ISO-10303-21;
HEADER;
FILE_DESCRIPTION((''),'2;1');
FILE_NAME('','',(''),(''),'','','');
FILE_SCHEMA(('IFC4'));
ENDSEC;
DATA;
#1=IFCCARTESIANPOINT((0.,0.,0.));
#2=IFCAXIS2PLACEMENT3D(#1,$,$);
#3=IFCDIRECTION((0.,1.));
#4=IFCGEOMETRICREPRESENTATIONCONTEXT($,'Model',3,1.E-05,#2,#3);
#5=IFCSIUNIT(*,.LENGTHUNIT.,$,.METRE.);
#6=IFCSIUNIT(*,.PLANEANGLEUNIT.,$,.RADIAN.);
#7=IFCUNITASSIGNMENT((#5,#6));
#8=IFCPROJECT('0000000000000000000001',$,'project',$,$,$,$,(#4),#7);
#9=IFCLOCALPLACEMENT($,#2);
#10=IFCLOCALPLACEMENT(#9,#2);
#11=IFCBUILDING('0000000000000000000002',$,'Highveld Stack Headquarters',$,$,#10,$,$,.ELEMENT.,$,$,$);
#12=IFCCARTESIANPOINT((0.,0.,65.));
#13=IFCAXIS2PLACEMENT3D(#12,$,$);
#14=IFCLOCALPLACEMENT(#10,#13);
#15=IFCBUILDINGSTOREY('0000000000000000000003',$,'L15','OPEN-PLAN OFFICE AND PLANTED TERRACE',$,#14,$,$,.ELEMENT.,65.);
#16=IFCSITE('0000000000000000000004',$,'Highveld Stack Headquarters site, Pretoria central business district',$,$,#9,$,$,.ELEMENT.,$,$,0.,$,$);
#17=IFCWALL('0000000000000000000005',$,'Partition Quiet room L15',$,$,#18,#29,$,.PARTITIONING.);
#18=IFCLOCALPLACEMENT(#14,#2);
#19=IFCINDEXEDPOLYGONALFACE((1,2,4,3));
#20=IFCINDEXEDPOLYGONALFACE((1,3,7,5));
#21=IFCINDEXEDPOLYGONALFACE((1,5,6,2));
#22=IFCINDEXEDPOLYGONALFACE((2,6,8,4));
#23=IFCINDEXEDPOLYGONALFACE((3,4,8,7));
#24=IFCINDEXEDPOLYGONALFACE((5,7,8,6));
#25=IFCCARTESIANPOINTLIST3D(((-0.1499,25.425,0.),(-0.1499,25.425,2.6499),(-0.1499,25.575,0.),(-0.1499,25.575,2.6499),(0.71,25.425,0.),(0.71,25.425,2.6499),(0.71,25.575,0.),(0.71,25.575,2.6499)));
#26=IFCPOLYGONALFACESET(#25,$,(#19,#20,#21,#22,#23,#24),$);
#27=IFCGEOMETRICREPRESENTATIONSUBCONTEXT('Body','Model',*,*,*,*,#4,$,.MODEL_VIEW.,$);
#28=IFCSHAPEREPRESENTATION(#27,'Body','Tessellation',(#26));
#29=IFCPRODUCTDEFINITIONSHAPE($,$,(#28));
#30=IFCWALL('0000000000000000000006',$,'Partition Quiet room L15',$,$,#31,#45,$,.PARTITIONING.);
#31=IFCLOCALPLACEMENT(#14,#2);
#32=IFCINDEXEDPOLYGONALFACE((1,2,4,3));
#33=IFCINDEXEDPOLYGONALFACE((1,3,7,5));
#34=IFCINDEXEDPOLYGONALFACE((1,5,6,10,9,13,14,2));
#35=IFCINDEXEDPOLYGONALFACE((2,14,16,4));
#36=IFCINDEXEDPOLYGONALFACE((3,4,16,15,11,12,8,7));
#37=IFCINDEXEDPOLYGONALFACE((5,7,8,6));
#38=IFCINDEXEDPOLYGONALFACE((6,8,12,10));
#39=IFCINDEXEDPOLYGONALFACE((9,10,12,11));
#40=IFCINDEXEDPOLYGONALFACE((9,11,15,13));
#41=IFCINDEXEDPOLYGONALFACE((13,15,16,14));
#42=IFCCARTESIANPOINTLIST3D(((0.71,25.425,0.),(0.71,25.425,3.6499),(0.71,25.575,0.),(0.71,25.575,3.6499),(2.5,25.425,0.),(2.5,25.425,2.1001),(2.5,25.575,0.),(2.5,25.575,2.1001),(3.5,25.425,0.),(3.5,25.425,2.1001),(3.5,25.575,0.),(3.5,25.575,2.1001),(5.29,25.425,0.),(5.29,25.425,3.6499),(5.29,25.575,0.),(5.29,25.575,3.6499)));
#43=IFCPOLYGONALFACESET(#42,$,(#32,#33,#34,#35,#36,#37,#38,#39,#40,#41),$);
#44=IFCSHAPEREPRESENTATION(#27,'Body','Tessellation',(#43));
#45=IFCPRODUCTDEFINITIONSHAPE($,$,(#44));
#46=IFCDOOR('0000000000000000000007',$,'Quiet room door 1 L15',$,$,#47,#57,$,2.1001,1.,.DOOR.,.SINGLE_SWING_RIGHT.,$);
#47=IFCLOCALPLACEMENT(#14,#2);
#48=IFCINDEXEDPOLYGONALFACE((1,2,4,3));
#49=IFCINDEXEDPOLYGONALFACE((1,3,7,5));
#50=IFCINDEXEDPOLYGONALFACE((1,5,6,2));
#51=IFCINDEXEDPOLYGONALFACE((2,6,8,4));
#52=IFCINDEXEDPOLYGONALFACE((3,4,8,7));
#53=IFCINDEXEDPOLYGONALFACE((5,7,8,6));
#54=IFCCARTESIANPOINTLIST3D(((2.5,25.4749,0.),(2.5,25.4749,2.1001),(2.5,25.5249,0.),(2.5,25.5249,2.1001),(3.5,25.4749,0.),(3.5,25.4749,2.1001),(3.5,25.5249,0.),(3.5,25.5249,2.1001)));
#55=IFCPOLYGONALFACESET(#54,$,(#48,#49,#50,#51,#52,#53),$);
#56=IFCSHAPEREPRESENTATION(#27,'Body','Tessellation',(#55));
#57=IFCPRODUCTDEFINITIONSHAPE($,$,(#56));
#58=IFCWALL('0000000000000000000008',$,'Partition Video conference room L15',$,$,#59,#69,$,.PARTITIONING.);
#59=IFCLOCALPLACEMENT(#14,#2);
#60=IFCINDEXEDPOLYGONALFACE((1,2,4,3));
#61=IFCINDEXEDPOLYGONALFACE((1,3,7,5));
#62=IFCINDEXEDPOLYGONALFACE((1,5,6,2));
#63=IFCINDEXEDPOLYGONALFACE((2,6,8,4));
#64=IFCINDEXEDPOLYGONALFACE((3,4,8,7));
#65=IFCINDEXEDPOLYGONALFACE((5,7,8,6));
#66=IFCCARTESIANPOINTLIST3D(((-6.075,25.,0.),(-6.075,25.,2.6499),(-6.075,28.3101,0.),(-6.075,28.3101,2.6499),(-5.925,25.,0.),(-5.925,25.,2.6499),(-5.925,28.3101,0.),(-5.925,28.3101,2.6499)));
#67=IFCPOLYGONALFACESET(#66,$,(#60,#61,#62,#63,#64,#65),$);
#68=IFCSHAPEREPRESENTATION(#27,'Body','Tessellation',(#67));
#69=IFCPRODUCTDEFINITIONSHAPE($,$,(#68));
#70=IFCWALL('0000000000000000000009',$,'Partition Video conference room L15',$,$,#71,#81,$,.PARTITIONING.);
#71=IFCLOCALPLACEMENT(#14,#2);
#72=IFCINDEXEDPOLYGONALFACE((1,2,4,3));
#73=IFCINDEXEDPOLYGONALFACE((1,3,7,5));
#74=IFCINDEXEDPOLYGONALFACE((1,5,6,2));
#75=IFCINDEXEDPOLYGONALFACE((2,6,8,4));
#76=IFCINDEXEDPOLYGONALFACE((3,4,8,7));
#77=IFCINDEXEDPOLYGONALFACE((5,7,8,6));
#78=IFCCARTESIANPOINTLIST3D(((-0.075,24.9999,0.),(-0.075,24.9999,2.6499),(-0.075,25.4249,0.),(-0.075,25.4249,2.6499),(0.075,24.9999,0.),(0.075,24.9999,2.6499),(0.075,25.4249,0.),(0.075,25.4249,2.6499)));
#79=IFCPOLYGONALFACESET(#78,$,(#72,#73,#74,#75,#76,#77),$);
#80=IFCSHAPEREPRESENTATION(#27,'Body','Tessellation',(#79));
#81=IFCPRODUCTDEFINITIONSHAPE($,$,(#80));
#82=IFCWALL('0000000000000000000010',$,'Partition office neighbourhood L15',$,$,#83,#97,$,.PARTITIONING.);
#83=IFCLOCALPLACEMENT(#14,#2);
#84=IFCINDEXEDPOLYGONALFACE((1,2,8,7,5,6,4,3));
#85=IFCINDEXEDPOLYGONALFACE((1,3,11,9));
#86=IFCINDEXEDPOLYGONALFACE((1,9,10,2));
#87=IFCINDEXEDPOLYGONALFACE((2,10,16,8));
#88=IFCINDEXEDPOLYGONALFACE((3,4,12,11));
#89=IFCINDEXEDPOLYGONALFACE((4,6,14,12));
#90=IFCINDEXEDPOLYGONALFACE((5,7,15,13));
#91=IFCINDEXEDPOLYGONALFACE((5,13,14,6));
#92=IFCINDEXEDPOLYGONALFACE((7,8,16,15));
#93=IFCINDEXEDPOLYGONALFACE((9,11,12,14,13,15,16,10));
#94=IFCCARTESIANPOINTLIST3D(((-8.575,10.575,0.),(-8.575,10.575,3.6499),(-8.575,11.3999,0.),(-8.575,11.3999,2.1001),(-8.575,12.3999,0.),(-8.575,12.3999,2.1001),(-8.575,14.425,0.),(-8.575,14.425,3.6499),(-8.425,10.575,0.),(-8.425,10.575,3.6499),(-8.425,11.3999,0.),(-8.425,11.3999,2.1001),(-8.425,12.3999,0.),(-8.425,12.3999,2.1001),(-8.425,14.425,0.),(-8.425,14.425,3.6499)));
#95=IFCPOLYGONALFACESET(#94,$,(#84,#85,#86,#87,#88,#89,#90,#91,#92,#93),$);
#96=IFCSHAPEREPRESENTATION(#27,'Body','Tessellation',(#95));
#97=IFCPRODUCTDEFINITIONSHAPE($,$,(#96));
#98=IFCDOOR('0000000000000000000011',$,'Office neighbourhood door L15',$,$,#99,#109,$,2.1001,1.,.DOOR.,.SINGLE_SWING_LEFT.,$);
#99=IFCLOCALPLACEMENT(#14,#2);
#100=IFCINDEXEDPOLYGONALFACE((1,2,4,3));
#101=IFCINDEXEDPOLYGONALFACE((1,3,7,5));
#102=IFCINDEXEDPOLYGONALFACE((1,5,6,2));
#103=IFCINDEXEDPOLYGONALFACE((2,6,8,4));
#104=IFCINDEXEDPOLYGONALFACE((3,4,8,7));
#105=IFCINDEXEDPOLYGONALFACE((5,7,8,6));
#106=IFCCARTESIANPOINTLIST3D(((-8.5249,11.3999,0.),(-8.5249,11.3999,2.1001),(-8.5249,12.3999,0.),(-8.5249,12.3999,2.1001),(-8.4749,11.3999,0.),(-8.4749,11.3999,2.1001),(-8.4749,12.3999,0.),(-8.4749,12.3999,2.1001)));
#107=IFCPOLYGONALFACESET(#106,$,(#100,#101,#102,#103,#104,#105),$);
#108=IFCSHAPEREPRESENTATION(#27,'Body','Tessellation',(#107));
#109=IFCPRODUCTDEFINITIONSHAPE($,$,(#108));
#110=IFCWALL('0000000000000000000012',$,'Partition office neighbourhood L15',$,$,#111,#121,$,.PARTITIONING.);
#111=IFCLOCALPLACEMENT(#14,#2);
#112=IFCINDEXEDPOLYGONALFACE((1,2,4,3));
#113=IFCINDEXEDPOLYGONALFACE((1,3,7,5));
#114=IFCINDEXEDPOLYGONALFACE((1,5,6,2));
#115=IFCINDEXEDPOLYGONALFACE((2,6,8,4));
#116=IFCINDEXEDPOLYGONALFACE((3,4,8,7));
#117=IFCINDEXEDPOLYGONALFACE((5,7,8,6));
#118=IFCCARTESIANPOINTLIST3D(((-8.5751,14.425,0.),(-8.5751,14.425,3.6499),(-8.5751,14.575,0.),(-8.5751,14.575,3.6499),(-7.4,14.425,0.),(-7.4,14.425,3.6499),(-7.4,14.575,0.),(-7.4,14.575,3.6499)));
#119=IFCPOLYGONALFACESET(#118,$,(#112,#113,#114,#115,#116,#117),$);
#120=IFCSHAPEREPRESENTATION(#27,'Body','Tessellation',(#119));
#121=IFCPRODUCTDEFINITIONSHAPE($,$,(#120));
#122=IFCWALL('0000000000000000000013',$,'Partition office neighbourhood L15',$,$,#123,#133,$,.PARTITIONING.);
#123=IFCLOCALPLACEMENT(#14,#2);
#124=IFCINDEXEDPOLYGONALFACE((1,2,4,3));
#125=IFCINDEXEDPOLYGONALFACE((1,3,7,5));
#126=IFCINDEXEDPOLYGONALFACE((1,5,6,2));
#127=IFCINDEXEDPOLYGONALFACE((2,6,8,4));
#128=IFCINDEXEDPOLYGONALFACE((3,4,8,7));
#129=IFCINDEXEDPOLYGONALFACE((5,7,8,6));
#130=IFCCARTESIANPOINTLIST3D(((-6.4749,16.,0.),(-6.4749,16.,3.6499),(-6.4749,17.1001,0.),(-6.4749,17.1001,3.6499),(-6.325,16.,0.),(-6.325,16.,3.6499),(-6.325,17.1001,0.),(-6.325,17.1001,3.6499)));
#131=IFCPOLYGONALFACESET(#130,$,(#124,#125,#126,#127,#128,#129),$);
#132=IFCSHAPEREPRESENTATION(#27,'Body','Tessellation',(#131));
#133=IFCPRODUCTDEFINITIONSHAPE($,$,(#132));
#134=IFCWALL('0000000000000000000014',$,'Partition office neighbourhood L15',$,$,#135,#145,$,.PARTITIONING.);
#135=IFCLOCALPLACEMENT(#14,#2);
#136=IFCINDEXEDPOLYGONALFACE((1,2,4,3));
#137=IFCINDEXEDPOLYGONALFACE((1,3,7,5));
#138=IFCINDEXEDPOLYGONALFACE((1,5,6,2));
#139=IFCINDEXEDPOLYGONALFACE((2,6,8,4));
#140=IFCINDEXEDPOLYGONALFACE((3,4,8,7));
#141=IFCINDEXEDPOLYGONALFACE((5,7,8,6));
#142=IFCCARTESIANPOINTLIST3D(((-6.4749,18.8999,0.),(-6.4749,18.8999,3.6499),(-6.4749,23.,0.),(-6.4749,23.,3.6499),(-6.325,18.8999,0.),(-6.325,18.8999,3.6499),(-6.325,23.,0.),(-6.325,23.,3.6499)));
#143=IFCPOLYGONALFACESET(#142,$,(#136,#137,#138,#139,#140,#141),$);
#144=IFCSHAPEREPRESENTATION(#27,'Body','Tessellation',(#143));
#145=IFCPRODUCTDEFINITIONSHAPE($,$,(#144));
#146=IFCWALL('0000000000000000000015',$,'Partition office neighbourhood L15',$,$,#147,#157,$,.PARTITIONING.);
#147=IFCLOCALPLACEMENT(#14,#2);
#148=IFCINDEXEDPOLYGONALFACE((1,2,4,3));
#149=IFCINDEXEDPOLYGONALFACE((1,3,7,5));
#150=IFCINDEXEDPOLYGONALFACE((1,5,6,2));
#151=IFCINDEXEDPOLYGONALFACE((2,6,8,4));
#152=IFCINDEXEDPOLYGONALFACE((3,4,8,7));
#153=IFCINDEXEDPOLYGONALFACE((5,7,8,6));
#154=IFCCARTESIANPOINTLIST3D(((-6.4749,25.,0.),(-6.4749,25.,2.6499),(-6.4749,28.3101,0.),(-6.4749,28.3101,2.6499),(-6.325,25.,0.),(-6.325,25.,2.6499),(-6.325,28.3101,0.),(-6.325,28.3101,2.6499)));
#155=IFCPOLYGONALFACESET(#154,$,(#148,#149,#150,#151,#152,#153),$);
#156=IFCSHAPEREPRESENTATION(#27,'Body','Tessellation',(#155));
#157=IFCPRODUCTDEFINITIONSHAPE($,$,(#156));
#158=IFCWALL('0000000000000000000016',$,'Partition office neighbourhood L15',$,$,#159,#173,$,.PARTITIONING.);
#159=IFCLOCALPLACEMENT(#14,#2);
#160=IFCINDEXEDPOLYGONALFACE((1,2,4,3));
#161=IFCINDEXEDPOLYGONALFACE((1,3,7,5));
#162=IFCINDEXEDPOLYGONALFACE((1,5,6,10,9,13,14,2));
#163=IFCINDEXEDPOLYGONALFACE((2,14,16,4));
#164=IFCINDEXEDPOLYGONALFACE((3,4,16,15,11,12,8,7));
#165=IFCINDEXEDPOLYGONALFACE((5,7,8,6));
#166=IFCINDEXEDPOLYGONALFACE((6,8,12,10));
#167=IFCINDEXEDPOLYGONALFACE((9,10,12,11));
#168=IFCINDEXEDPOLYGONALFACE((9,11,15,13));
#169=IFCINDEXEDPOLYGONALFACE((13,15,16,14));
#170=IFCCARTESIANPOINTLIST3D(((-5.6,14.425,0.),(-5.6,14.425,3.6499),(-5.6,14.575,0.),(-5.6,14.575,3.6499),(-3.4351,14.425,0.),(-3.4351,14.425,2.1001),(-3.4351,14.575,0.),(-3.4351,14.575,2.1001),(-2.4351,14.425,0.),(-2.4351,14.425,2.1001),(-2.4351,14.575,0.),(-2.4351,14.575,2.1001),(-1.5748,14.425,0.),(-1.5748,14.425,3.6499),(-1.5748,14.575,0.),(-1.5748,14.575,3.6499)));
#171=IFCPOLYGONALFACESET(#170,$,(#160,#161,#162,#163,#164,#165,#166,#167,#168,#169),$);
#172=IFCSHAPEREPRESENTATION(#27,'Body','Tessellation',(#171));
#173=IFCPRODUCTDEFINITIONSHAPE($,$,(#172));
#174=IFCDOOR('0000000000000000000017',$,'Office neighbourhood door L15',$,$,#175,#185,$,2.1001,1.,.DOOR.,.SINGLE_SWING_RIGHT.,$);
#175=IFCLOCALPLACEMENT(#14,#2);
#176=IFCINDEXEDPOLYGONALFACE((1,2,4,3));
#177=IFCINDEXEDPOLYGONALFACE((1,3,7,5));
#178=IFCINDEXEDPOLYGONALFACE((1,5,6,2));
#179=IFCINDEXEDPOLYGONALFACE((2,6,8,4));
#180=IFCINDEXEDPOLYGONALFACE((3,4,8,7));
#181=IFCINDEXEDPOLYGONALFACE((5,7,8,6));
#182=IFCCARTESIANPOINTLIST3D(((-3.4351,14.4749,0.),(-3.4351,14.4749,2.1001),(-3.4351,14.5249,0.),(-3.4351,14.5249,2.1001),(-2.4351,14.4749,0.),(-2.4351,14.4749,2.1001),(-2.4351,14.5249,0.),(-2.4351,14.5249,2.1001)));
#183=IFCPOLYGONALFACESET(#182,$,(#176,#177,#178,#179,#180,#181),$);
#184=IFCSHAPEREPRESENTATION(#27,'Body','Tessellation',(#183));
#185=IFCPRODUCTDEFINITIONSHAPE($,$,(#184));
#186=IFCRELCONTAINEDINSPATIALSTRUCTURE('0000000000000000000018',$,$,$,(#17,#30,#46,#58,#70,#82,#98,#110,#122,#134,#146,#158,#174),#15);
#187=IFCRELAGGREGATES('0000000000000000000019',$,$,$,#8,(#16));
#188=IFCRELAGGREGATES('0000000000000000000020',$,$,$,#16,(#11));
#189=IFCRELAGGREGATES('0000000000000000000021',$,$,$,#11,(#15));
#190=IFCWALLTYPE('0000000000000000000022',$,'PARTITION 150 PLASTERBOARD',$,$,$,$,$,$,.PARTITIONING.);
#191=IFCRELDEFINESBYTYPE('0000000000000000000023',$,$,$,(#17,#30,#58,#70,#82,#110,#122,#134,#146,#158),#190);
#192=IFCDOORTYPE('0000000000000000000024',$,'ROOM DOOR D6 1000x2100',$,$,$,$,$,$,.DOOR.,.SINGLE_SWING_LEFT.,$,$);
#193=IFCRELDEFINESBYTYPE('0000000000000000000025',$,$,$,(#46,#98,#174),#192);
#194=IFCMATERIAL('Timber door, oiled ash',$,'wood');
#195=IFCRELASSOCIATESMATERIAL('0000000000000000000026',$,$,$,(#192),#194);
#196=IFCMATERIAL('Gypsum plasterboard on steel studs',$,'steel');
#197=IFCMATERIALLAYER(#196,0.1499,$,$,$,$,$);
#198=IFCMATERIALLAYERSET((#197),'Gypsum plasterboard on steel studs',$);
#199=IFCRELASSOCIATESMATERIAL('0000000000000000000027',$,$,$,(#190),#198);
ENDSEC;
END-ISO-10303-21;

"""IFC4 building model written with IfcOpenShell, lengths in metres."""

from ifc_helpers import new_model, si_unit, direction, frame, frame_2d, origin, place, context, subcontext, project, spatial, rectangle, extrude, material, layer, layer_set, type_object, element, fill, save


model = new_model("IFC4")

# Units and contexts
model_context = context("Model", 3, precision=1e-05, world=origin(), true_north=direction((0.0, 1.0)))
body_context = subcontext(model_context, "Body", "Model", "MODEL_VIEW")
ifc_project = project(units=[si_unit("LENGTHUNIT", "METRE"), si_unit("PLANEANGLEUNIT", "RADIAN")], contexts=[model_context])

# Site, building, storey
site_placement = place(None, origin())
site = spatial("IfcSite", under=ifc_project, at=site_placement, Name="Highveld Stack Headquarters site, Pretoria central business district", CompositionType="ELEMENT", RefElevation=0.0)
building_placement = place(site_placement, origin())
building = spatial("IfcBuilding", under=site, at=building_placement, Name="Highveld Stack Headquarters", CompositionType="ELEMENT")
storey_placement = place(building_placement, frame((0.0, 0.0, 65.0)))
storey = spatial("IfcBuildingStorey", under=building, at=storey_placement, Name="L15", Description="OPEN-PLAN OFFICE AND PLANTED TERRACE", CompositionType="ELEMENT", Elevation=65.0)

# Shared definitions
ifc_material_1 = material(Name="Timber door, oiled ash", Category="wood")
door_type = type_object("IfcDoorType", Name="ROOM DOOR D6 1000x2100", OperationType="SINGLE_SWING_LEFT", PredefinedType="DOOR", material=ifc_material_1)

# Wall
ifc_material_2 = material(Name="Gypsum plasterboard on steel studs", Category="steel")
ifc_layer_1 = layer(ifc_material_2, 0.1499)
ifc_layer_set_1 = layer_set([ifc_layer_1], Name="Gypsum plasterboard on steel studs")
wall_type_1 = type_object("IfcWallType", Name="PARTITION 150 PLASTERBOARD", PredefinedType="PARTITIONING", material=ifc_layer_set_1)
wall_1_placement = place(storey_placement, frame((-0.1499, 25.5, 0.0), z_axis=(0.0, 0.0, 1.0), x_axis=(1.0, 0.0, 0.0)))
element("IfcWall", 1, at=wall_1_placement, inside=storey, type_object=wall_type_1, Name="Partition Quiet room L15", PredefinedType="PARTITIONING", context=body_context, shape_type="SweptSolid", body=[
    extrude(rectangle(XDim=0.8599, YDim=0.1499, at=frame_2d((0.4299, 0.0))), origin(), (0.0, 0.0, 1.0), 2.6499),
])

# Wall, opening, door
wall_2_placement = place(storey_placement, frame((0.71, 25.5, 0.0), z_axis=(0.0, 0.0, 1.0), x_axis=(1.0, 0.0, 0.0)))
wall_2 = element("IfcWall", 2, at=wall_2_placement, inside=storey, type_object=wall_type_1, Name="Partition Quiet room L15", PredefinedType="PARTITIONING", context=body_context, shape_type="SweptSolid", body=[
    extrude(rectangle(XDim=4.5801, YDim=0.1499, at=frame_2d((2.29, 0.0))), origin(), (0.0, 0.0, 1.0), 3.6499),
])
opening_1_placement = place(wall_2_placement, frame((1.79, 0.0, 0.0)))
opening_1 = element("IfcOpeningElement", 3, at=opening_1_placement, cuts=wall_2, PredefinedType="OPENING", context=body_context, shape_type="SweptSolid", body=[
    extrude(rectangle(XDim=1.0, YDim=2.1001, at=frame_2d((0.5, 1.05))), frame((0.0, 0.085, 0.0), z_axis=(0.0, -1.0, 0.0), x_axis=(1.0, 0.0, 0.0)), (0.0, 0.0, 1.0), 0.1699),
])
door_1_placement = place(opening_1_placement, origin())
door_1 = element("IfcDoor", 4, at=door_1_placement, inside=storey, type_object=door_type, Name="Quiet room door 1 L15", OperationType="SINGLE_SWING_RIGHT", OverallHeight=2.1001, OverallWidth=1.0, PredefinedType="DOOR", context=body_context, shape_type="SweptSolid", body=[
    extrude(rectangle(XDim=1.0, YDim=2.1001, at=frame_2d((0.5, 1.05))), frame((0.0, 0.0249, 0.0), z_axis=(0.0, -1.0, 0.0), x_axis=(1.0, 0.0, 0.0)), (0.0, 0.0, 1.0), 0.05),
])
fill(opening_1, door_1)

# Walls
wall_3_placement = place(storey_placement, frame((-6.0, 25.0, 0.0), z_axis=(0.0, 0.0, 1.0), x_axis=(0.0, 1.0, 0.0)))
element("IfcWall", 5, at=wall_3_placement, inside=storey, type_object=wall_type_1, Name="Partition Video conference room L15", PredefinedType="PARTITIONING", context=body_context, shape_type="SweptSolid", body=[
    extrude(rectangle(XDim=3.3101, YDim=0.1499, at=frame_2d((1.655, 0.0))), origin(), (0.0, 0.0, 1.0), 2.6499),
])
wall_4_placement = place(storey_placement, frame((0.0, 25.0, 0.0), z_axis=(0.0, 0.0, 1.0), x_axis=(0.0, 1.0, 0.0)))
element("IfcWall", 6, at=wall_4_placement, inside=storey, type_object=wall_type_1, Name="Partition Video conference room L15", PredefinedType="PARTITIONING", context=body_context, shape_type="SweptSolid", body=[
    extrude(rectangle(XDim=0.425, YDim=0.1499, at=frame_2d((0.2124, 0.0))), origin(), (0.0, 0.0, 1.0), 2.6499),
])

# Wall, opening, door
wall_5_placement = place(storey_placement, frame((-8.5, 10.575, 0.0), z_axis=(0.0, 0.0, 1.0), x_axis=(0.0, 1.0, 0.0)))
wall_5 = element("IfcWall", 7, at=wall_5_placement, inside=storey, type_object=wall_type_1, Name="Partition office neighbourhood L15", PredefinedType="PARTITIONING", context=body_context, shape_type="SweptSolid", body=[
    extrude(rectangle(XDim=3.8501, YDim=0.1499, at=frame_2d((1.925, 0.0))), origin(), (0.0, 0.0, 1.0), 3.6499),
])
opening_2_placement = place(wall_5_placement, frame((0.825, 0.0, 0.0)))
opening_2 = element("IfcOpeningElement", 8, at=opening_2_placement, cuts=wall_5, PredefinedType="OPENING", context=body_context, shape_type="SweptSolid", body=[
    extrude(rectangle(XDim=1.0, YDim=2.1001, at=frame_2d((0.5, 1.05))), frame((0.0, 0.085, 0.0), z_axis=(0.0, -1.0, 0.0), x_axis=(1.0, 0.0, 0.0)), (0.0, 0.0, 1.0), 0.1699),
])
door_2_placement = place(opening_2_placement, origin())
door_2 = element("IfcDoor", 9, at=door_2_placement, inside=storey, type_object=door_type, Name="Office neighbourhood door L15", OperationType="SINGLE_SWING_LEFT", OverallHeight=2.1001, OverallWidth=1.0, PredefinedType="DOOR", context=body_context, shape_type="SweptSolid", body=[
    extrude(rectangle(XDim=1.0, YDim=2.1001, at=frame_2d((0.5, 1.05))), frame((0.0, 0.0249, 0.0), z_axis=(0.0, -1.0, 0.0), x_axis=(1.0, 0.0, 0.0)), (0.0, 0.0, 1.0), 0.05),
])
fill(opening_2, door_2)

# Walls
wall_6_placement = place(storey_placement, frame((-8.575, 14.5, 0.0), z_axis=(0.0, 0.0, 1.0), x_axis=(1.0, 0.0, 0.0)))
element("IfcWall", 10, at=wall_6_placement, inside=storey, type_object=wall_type_1, Name="Partition office neighbourhood L15", PredefinedType="PARTITIONING", context=body_context, shape_type="SweptSolid", body=[
    extrude(rectangle(XDim=1.175, YDim=0.1499, at=frame_2d((0.5874, 0.0))), origin(), (0.0, 0.0, 1.0), 3.6499),
])
wall_7_placement = place(storey_placement, frame((-6.3999, 16.0, 0.0), z_axis=(0.0, 0.0, 1.0), x_axis=(0.0, 1.0, 0.0)))
element("IfcWall", 11, at=wall_7_placement, inside=storey, type_object=wall_type_1, Name="Partition office neighbourhood L15", PredefinedType="PARTITIONING", context=body_context, shape_type="SweptSolid", body=[
    extrude(rectangle(XDim=1.1001, YDim=0.1499, at=frame_2d((0.55, 0.0))), origin(), (0.0, 0.0, 1.0), 3.6499),
])
wall_8_placement = place(storey_placement, frame((-6.3999, 18.8999, 0.0), z_axis=(0.0, 0.0, 1.0), x_axis=(0.0, 1.0, 0.0)))
element("IfcWall", 12, at=wall_8_placement, inside=storey, type_object=wall_type_1, Name="Partition office neighbourhood L15", PredefinedType="PARTITIONING", context=body_context, shape_type="SweptSolid", body=[
    extrude(rectangle(XDim=4.1001, YDim=0.1499, at=frame_2d((2.05, 0.0))), origin(), (0.0, 0.0, 1.0), 3.6499),
])
wall_9_placement = place(storey_placement, frame((-6.3999, 25.0, 0.0), z_axis=(0.0, 0.0, 1.0), x_axis=(0.0, 1.0, 0.0)))
element("IfcWall", 13, at=wall_9_placement, inside=storey, type_object=wall_type_1, Name="Partition office neighbourhood L15", PredefinedType="PARTITIONING", context=body_context, shape_type="SweptSolid", body=[
    extrude(rectangle(XDim=3.3101, YDim=0.1499, at=frame_2d((1.655, 0.0))), origin(), (0.0, 0.0, 1.0), 2.6499),
])

# Wall, opening, door
wall_10_placement = place(storey_placement, frame((-5.6001, 14.5, 0.0), z_axis=(0.0, 0.0, 1.0), x_axis=(1.0, 0.0, 0.0)))
wall_10 = element("IfcWall", 14, at=wall_10_placement, inside=storey, type_object=wall_type_1, Name="Partition office neighbourhood L15", PredefinedType="PARTITIONING", context=body_context, shape_type="SweptSolid", body=[
    extrude(rectangle(XDim=4.0251, YDim=0.1499, at=frame_2d((2.0127, 0.0))), origin(), (0.0, 0.0, 1.0), 3.6499),
])
opening_3_placement = place(wall_10_placement, frame((2.165, 0.0, 0.0)))
opening_3 = element("IfcOpeningElement", 15, at=opening_3_placement, cuts=wall_10, PredefinedType="OPENING", context=body_context, shape_type="SweptSolid", body=[
    extrude(rectangle(XDim=1.0, YDim=2.1001, at=frame_2d((0.5, 1.05))), frame((0.0, 0.085, 0.0), z_axis=(0.0, -1.0, 0.0), x_axis=(1.0, 0.0, 0.0)), (0.0, 0.0, 1.0), 0.1699),
])
door_3_placement = place(opening_3_placement, origin())
door_3 = element("IfcDoor", 16, at=door_3_placement, inside=storey, type_object=door_type, Name="Office neighbourhood door L15", OperationType="SINGLE_SWING_RIGHT", OverallHeight=2.1001, OverallWidth=1.0, PredefinedType="DOOR", context=body_context, shape_type="SweptSolid", body=[
    extrude(rectangle(XDim=1.0, YDim=2.1001, at=frame_2d((0.5, 1.05))), frame((0.0, 0.0249, 0.0), z_axis=(0.0, -1.0, 0.0), x_axis=(1.0, 0.0, 0.0)), (0.0, 0.0, 1.0), 0.05),
])
fill(opening_3, door_3)

save(model, "model.ifc")
